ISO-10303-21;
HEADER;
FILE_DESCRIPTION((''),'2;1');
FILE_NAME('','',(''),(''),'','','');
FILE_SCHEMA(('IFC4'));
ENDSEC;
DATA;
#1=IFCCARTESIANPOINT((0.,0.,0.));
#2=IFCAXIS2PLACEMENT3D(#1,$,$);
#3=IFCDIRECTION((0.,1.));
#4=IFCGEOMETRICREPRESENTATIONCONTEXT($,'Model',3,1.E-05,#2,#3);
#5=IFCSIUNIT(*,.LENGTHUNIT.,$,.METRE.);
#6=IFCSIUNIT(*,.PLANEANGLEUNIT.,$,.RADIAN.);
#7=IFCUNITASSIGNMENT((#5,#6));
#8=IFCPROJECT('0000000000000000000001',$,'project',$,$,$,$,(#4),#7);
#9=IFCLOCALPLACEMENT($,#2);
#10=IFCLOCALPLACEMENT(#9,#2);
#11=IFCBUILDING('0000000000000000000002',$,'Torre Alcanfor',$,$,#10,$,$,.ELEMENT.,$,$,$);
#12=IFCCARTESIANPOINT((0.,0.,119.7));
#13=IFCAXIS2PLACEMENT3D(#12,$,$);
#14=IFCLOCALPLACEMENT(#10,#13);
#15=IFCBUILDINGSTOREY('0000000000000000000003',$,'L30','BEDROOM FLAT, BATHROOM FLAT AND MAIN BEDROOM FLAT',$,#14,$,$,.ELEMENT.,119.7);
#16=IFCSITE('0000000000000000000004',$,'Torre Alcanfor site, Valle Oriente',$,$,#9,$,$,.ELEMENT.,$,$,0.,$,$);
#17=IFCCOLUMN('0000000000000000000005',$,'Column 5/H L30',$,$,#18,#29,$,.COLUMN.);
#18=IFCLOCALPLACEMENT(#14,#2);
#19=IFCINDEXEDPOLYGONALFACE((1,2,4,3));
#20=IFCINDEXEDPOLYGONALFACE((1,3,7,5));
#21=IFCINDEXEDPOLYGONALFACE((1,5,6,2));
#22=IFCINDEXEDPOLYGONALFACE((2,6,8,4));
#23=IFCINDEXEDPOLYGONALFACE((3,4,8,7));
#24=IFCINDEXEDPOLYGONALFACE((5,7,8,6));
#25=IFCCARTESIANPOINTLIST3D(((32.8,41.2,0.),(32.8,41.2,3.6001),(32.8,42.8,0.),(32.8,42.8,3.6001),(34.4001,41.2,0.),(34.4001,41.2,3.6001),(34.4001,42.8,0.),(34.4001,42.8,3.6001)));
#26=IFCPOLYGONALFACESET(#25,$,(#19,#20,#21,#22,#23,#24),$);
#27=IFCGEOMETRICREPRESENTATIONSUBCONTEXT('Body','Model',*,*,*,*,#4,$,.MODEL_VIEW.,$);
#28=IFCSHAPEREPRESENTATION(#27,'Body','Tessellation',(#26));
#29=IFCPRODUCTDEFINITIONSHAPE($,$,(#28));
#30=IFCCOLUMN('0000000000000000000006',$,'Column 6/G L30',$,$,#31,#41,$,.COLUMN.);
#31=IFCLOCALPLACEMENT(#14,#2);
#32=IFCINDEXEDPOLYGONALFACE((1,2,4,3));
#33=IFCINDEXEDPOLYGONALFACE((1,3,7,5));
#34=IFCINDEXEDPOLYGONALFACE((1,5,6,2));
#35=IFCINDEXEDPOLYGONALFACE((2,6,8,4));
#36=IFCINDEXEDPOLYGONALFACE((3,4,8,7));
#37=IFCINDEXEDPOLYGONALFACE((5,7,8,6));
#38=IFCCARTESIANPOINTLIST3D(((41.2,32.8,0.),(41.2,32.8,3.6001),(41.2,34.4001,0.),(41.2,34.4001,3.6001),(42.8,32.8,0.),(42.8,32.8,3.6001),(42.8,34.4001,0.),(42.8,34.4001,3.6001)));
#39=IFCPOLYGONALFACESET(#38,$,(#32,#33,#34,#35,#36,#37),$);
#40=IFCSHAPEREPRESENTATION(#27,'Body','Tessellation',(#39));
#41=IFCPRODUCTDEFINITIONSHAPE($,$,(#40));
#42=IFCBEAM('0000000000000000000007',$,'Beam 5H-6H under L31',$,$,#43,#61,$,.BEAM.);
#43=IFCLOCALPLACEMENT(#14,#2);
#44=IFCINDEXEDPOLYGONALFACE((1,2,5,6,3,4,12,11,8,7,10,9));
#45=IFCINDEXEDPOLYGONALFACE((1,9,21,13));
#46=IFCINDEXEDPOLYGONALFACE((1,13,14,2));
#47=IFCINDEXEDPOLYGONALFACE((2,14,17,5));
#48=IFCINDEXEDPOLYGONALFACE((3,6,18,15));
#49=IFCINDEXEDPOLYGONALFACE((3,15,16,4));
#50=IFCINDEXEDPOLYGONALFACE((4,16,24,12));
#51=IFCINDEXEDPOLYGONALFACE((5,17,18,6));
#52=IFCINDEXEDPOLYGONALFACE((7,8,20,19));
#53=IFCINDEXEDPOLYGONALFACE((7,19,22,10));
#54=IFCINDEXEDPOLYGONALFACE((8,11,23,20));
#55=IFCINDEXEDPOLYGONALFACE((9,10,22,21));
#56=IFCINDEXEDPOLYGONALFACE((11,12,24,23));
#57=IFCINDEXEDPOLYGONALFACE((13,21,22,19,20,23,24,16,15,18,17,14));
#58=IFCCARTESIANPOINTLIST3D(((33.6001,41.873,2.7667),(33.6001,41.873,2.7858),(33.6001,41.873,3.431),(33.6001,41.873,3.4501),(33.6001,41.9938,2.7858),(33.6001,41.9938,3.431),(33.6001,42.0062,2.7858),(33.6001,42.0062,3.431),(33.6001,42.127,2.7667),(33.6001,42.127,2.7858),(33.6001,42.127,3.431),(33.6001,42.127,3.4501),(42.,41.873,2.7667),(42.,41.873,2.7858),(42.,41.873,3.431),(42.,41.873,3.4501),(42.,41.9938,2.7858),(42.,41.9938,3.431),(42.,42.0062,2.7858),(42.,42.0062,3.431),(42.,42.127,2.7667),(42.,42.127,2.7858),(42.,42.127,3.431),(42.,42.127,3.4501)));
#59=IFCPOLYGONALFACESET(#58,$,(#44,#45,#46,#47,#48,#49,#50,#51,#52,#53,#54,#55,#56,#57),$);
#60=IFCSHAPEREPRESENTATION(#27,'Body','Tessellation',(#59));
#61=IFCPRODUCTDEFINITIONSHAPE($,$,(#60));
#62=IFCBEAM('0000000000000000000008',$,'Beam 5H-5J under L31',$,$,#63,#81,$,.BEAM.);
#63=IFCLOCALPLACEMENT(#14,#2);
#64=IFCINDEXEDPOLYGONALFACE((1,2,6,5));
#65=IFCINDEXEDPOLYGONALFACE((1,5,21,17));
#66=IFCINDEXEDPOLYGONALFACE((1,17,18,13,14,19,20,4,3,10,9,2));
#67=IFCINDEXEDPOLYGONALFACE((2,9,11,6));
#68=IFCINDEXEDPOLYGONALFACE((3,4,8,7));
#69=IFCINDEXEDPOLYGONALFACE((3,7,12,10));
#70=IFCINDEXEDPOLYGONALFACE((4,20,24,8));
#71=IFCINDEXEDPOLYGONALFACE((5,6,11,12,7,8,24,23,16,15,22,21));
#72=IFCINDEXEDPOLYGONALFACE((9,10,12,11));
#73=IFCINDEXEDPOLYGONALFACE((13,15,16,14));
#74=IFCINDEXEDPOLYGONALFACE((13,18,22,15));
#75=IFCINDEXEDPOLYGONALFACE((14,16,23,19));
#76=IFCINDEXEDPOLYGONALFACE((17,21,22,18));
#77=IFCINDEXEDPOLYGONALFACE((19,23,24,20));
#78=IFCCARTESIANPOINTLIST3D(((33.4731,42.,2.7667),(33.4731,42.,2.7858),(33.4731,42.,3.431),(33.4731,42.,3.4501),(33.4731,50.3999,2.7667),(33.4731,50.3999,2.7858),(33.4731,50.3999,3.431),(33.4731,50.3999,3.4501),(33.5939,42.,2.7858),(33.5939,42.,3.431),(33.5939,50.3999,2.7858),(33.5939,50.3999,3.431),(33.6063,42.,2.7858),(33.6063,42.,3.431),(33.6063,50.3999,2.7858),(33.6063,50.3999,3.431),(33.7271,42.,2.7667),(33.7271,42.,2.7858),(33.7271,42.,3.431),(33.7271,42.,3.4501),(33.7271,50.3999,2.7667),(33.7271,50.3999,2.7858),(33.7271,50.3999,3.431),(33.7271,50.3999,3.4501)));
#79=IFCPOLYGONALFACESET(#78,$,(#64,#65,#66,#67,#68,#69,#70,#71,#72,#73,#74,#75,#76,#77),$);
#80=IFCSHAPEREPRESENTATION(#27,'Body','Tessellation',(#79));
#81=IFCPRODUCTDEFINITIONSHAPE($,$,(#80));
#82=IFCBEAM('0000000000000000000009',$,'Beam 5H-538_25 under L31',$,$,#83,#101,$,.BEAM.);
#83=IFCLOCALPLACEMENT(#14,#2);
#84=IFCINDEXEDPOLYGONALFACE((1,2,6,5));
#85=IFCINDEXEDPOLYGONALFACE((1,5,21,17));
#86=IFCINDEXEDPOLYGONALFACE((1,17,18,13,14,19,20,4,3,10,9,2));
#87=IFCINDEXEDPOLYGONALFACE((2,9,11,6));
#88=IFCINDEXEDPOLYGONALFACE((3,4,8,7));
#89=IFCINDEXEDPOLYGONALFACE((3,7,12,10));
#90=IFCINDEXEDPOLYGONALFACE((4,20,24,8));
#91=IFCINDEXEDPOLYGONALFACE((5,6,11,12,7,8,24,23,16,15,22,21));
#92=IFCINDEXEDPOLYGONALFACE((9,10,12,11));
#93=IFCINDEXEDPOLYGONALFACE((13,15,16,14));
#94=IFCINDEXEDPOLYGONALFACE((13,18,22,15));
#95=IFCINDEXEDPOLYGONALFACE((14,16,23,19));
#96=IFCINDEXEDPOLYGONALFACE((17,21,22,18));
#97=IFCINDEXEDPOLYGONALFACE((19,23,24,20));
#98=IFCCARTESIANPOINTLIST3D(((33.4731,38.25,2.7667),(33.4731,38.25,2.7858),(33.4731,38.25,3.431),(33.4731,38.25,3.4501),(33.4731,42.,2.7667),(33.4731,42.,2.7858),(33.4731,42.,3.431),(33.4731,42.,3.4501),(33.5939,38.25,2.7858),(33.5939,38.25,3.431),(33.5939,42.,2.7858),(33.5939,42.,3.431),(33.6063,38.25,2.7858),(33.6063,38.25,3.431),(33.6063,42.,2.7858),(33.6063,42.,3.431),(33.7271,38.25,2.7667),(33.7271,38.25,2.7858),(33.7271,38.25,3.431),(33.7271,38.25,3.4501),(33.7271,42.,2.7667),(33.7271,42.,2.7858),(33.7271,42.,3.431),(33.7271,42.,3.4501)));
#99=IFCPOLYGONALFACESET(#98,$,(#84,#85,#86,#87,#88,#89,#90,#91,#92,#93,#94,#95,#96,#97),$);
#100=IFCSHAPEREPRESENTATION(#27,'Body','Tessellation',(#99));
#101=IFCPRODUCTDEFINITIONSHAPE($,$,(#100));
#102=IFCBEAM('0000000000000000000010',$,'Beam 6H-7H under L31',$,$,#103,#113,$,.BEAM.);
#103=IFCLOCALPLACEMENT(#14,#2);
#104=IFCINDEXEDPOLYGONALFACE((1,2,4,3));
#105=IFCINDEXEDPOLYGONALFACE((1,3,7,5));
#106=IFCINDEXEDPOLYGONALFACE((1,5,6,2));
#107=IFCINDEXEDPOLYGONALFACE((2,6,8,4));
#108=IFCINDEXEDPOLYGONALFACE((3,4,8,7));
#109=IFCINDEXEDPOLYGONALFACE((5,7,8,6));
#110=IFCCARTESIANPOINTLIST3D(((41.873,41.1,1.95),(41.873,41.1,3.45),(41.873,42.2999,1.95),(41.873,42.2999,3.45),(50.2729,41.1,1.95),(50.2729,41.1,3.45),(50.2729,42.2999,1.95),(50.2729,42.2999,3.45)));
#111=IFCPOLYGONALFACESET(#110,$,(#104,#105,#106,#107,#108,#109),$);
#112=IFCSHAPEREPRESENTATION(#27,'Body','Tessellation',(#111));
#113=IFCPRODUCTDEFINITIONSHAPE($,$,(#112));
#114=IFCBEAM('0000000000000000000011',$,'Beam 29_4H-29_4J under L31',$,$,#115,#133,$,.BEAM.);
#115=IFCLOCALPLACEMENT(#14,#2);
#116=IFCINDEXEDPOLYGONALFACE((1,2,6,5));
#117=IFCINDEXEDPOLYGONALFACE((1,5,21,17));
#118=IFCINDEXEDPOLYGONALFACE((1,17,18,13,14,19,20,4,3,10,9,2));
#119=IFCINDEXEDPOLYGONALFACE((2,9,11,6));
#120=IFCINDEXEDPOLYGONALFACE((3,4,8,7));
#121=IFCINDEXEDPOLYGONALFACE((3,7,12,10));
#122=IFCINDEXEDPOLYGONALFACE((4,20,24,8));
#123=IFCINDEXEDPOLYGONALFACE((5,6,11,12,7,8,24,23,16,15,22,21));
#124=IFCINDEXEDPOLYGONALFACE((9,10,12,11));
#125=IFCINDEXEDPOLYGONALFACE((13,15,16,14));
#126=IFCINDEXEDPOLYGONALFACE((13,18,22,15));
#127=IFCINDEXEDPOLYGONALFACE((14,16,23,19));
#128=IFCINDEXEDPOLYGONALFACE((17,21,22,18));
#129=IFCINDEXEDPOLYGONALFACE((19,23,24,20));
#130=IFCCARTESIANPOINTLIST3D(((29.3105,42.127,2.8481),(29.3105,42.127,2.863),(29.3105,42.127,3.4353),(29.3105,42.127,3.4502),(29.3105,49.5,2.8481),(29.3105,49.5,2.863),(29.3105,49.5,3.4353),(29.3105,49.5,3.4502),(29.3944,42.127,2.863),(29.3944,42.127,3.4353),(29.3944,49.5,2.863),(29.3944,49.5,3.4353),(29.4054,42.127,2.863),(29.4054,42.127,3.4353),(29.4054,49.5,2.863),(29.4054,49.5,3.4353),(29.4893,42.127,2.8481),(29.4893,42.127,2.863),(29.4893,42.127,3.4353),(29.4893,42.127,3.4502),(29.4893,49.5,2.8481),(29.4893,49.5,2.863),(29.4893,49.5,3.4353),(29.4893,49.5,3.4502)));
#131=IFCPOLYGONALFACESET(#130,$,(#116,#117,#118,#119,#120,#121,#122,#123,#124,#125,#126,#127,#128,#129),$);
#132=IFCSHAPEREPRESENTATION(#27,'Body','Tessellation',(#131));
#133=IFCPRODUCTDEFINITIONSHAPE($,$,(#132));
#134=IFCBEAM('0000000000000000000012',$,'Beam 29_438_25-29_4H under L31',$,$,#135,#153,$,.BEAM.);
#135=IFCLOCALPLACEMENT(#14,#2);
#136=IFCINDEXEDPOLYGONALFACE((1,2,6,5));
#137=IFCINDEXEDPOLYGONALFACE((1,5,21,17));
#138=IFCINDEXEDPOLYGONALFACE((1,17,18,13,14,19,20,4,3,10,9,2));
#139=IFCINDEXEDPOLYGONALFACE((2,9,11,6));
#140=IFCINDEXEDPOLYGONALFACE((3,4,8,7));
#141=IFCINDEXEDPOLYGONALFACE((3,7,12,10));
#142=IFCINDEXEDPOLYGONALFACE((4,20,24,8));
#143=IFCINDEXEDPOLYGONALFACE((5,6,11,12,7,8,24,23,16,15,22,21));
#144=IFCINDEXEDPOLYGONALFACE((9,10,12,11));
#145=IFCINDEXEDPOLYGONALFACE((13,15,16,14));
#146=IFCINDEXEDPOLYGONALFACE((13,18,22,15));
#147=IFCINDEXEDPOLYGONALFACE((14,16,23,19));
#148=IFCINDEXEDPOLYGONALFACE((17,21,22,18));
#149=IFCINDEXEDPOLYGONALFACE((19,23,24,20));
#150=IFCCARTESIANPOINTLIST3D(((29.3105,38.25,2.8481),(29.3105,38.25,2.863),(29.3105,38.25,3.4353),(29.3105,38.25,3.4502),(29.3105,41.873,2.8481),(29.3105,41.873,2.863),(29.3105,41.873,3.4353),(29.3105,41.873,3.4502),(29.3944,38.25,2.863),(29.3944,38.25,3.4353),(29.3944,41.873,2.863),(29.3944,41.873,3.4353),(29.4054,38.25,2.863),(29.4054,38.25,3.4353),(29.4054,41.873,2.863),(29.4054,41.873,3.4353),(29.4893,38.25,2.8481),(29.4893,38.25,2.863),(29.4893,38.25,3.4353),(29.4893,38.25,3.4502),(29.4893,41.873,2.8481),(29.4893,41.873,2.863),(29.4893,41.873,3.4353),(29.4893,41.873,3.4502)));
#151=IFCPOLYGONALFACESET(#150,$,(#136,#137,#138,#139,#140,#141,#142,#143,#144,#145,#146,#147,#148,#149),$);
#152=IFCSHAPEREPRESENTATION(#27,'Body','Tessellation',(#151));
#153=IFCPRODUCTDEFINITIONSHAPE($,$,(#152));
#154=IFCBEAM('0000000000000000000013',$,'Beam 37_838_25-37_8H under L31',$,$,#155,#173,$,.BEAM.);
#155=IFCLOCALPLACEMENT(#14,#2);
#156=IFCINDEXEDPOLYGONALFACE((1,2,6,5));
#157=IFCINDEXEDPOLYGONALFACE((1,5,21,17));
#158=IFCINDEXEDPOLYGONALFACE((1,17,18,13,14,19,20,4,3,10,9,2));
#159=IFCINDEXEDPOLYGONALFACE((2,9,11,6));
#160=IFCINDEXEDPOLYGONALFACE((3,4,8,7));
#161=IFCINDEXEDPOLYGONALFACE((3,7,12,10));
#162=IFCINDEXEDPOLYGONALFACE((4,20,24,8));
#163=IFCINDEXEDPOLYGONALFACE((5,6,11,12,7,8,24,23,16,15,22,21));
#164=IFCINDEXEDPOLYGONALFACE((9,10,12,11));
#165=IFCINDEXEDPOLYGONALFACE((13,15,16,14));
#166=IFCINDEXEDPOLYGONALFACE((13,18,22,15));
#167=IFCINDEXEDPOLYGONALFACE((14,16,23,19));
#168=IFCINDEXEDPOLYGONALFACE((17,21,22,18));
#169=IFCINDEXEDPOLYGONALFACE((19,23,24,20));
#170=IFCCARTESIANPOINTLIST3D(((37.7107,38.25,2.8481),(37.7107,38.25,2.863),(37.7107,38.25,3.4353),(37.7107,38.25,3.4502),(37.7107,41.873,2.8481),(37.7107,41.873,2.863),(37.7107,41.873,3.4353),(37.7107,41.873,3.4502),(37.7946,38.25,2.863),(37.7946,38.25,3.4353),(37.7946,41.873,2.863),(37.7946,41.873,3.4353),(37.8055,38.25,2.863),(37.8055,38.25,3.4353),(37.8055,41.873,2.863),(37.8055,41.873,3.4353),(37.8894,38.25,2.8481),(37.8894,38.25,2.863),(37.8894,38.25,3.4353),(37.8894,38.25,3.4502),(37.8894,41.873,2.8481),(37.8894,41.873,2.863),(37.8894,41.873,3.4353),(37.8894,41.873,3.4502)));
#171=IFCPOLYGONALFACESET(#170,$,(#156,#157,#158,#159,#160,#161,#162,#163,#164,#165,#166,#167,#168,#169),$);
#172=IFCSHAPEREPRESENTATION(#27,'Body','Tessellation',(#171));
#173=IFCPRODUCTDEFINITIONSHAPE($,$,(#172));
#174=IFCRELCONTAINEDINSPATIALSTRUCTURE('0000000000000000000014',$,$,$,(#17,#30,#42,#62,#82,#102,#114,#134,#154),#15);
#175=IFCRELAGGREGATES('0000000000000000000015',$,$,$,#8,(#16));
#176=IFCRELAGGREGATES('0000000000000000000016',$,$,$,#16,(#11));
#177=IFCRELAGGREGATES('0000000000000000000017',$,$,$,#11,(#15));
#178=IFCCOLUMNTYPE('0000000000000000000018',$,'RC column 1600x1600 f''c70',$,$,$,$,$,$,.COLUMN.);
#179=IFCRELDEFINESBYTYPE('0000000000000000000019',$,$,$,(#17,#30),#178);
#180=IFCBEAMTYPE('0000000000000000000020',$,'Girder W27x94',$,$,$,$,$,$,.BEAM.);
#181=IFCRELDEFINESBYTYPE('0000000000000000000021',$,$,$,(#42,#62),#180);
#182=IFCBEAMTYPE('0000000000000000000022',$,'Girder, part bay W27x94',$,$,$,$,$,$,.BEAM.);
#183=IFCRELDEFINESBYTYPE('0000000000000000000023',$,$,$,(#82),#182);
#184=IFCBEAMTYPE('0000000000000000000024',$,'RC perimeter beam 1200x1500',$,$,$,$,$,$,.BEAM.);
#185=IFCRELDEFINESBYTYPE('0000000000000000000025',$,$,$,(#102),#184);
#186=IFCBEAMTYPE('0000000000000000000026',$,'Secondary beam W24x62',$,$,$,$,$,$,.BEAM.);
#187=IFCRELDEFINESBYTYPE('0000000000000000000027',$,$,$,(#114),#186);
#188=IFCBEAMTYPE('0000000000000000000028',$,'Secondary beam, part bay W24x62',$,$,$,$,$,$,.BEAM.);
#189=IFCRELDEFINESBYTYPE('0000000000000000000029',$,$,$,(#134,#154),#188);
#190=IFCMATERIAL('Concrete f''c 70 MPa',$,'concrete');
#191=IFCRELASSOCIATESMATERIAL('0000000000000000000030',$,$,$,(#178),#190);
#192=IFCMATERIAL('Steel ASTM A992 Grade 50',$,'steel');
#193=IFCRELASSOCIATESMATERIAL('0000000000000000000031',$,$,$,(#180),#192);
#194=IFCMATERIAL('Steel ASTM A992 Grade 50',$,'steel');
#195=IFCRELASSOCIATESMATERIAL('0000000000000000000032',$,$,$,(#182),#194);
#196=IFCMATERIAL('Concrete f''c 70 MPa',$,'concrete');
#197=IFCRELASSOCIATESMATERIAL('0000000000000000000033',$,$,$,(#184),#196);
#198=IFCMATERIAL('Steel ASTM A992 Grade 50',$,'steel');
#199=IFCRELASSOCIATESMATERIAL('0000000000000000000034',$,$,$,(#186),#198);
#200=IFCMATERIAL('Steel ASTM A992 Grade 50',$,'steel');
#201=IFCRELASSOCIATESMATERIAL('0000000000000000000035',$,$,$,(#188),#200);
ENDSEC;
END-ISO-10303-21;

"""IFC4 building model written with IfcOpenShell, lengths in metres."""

from ifc_helpers import new_model, si_unit, direction, frame, origin, origin_2d, place, context, subcontext, project, spatial, rectangle, i_section, extrude, material, material_profile, profile_set, type_object, element, save


model = new_model("IFC4")

# Units and contexts
model_context = context("Model", 3, precision=1e-05, world=origin(), true_north=direction((0.0, 1.0)))
body_context = subcontext(model_context, "Body", "Model", "MODEL_VIEW")
ifc_project = project(units=[si_unit("LENGTHUNIT", "METRE"), si_unit("PLANEANGLEUNIT", "RADIAN")], contexts=[model_context])

# Site, building, storey
site_placement = place(None, origin())
site = spatial("IfcSite", under=ifc_project, at=site_placement, Name="Torre Alcanfor site, Valle Oriente", CompositionType="ELEMENT", RefElevation=0.0)
building_placement = place(site_placement, origin())
building = spatial("IfcBuilding", under=site, at=building_placement, Name="Torre Alcanfor", CompositionType="ELEMENT")
storey_placement = place(building_placement, frame((0.0, 0.0, 119.7)))
storey = spatial("IfcBuildingStorey", under=building, at=storey_placement, Name="L30", Description="BEDROOM FLAT, BATHROOM FLAT AND MAIN BEDROOM FLAT", CompositionType="ELEMENT", Elevation=119.7)

# Columns
ifc_material_1 = material(Name="Concrete f'c 70 MPa", Category="concrete")
ifc_material_profile_1 = material_profile(ifc_material_1, rectangle(XDim=1.6001, YDim=1.6001, at=origin_2d()), Name="1600x1600")
ifc_profile_set_1 = profile_set([ifc_material_profile_1], Name="Concrete f'c 70 MPa")
column_type = type_object("IfcColumnType", Name="RC column 1600x1600 f'c70", PredefinedType="COLUMN", material=ifc_profile_set_1)
for number, where, z_axis, x_axis, name in (
    (1, (33.6001, 42.0, 0.0), (0.0, 0.0, 1.0), (1.0, 0.0, 0.0), "Column 5/H L30"),
    (2, (42.0, 33.6001, 0.0), (0.0, 0.0, 1.0), (1.0, 0.0, 0.0), "Column 6/G L30"),
):
    element("IfcColumn", number, at=place(storey_placement, frame(where, z_axis=z_axis, x_axis=x_axis)), inside=storey, type_object=column_type, Name=name, PredefinedType="COLUMN", context=body_context, shape_type="SweptSolid", body=[
        extrude(rectangle(XDim=1.6001, YDim=1.6001, at=origin_2d()), origin(), (0.0, 0.0, 1.0), 3.6001),
    ])

# Beams
ifc_material_2 = material(Name="Steel ASTM A992 Grade 50", Category="steel")
ifc_material_profile_2 = material_profile(ifc_material_2, i_section(OverallWidth=0.2539, OverallDepth=0.6833, WebThickness=0.0125, FlangeThickness=0.019, at=origin_2d()), Name="W27x94")
ifc_profile_set_2 = profile_set([ifc_material_profile_2], Name="Steel ASTM A992 Grade 50")
beam_type_1 = type_object("IfcBeamType", Name="Girder W27x94", PredefinedType="BEAM", material=ifc_profile_set_2)
for number, where, z_axis, x_axis, name in (
    (3, (33.6001, 42.0, 3.1084), (1.0, 0.0, 0.0), (0.0, 1.0, 0.0), "Beam 5H-6H under L31"),
    (4, (33.6001, 42.0, 3.1084), (0.0, 1.0, 0.0), (-1.0, 0.0, 0.0), "Beam 5H-5J under L31"),
):
    element("IfcBeam", number, at=place(storey_placement, frame(where, z_axis=z_axis, x_axis=x_axis)), inside=storey, type_object=beam_type_1, Name=name, PredefinedType="BEAM", context=body_context, shape_type="SweptSolid", body=[
        extrude(i_section(OverallWidth=0.2539, OverallDepth=0.6833, WebThickness=0.0125, FlangeThickness=0.019, at=origin_2d()), origin(), (0.0, 0.0, 1.0), 8.3999),
    ])
ifc_material_3 = material(Name="Steel ASTM A992 Grade 50", Category="steel")
ifc_material_profile_3 = material_profile(ifc_material_3, i_section(OverallWidth=0.2539, OverallDepth=0.6833, WebThickness=0.0125, FlangeThickness=0.019, at=origin_2d()), Name="W27x94")
ifc_profile_set_3 = profile_set([ifc_material_profile_3], Name="Steel ASTM A992 Grade 50")
beam_type_2 = type_object("IfcBeamType", Name="Girder, part bay W27x94", PredefinedType="BEAM", material=ifc_profile_set_3)
beam_1_placement = place(storey_placement, frame((33.6001, 42.0, 3.1084), z_axis=(0.0, -1.0, 0.0), x_axis=(1.0, 0.0, 0.0)))
element("IfcBeam", 5, at=beam_1_placement, inside=storey, type_object=beam_type_2, Name="Beam 5H-538_25 under L31", PredefinedType="BEAM", context=body_context, shape_type="SweptSolid", body=[
    extrude(i_section(OverallWidth=0.2539, OverallDepth=0.6833, WebThickness=0.0125, FlangeThickness=0.019, at=origin_2d()), origin(), (0.0, 0.0, 1.0), 3.75),
])
ifc_material_4 = material(Name="Concrete f'c 70 MPa", Category="concrete")
ifc_material_profile_4 = material_profile(ifc_material_4, rectangle(XDim=1.2, YDim=1.5, at=origin_2d()), Name="1200x1500")
ifc_profile_set_4 = profile_set([ifc_material_profile_4], Name="Concrete f'c 70 MPa")
beam_type_3 = type_object("IfcBeamType", Name="RC perimeter beam 1200x1500", PredefinedType="BEAM", material=ifc_profile_set_4)
beam_2_placement = place(storey_placement, frame((41.873, 41.7, 2.7), z_axis=(1.0, 0.0, 0.0), x_axis=(0.0, 1.0, 0.0)))
element("IfcBeam", 6, at=beam_2_placement, inside=storey, type_object=beam_type_3, Name="Beam 6H-7H under L31", PredefinedType="BEAM", context=body_context, shape_type="SweptSolid", body=[
    extrude(rectangle(XDim=1.2, YDim=1.5, at=origin_2d()), origin(), (0.0, 0.0, 1.0), 8.3999),
])
ifc_material_5 = material(Name="Steel ASTM A992 Grade 50", Category="steel")
ifc_material_profile_5 = material_profile(ifc_material_5, i_section(OverallWidth=0.1787, OverallDepth=0.6021, WebThickness=0.011, FlangeThickness=0.0149, at=origin_2d()), Name="W24x62")
ifc_profile_set_5 = profile_set([ifc_material_profile_5], Name="Steel ASTM A992 Grade 50")
beam_type_4 = type_object("IfcBeamType", Name="Secondary beam W24x62", PredefinedType="BEAM", material=ifc_profile_set_5)
beam_3_placement = place(storey_placement, frame((29.3999, 42.127, 3.1492), z_axis=(0.0, 1.0, 0.0), x_axis=(-1.0, 0.0, 0.0)))
element("IfcBeam", 7, at=beam_3_placement, inside=storey, type_object=beam_type_4, Name="Beam 29_4H-29_4J under L31", PredefinedType="BEAM", context=body_context, shape_type="SweptSolid", body=[
    extrude(i_section(OverallWidth=0.1787, OverallDepth=0.6021, WebThickness=0.011, FlangeThickness=0.0149, at=origin_2d()), origin(), (0.0, 0.0, 1.0), 7.373),
])
ifc_material_6 = material(Name="Steel ASTM A992 Grade 50", Category="steel")
ifc_material_profile_6 = material_profile(ifc_material_6, i_section(OverallWidth=0.1787, OverallDepth=0.6021, WebThickness=0.011, FlangeThickness=0.0149, at=origin_2d()), Name="W24x62")
ifc_profile_set_6 = profile_set([ifc_material_profile_6], Name="Steel ASTM A992 Grade 50")
beam_type_5 = type_object("IfcBeamType", Name="Secondary beam, part bay W24x62", PredefinedType="BEAM", material=ifc_profile_set_6)
for number, where, z_axis, x_axis, name in (
    (8, (29.3999, 38.25, 3.1492), (0.0, 1.0, 0.0), (-1.0, 0.0, 0.0), "Beam 29_438_25-29_4H under L31"),
    (9, (37.8, 38.25, 3.1492), (0.0, 1.0, 0.0), (-1.0, 0.0, 0.0), "Beam 37_838_25-37_8H under L31"),
):
    element("IfcBeam", number, at=place(storey_placement, frame(where, z_axis=z_axis, x_axis=x_axis)), inside=storey, type_object=beam_type_5, Name=name, PredefinedType="BEAM", context=body_context, shape_type="SweptSolid", body=[
        extrude(i_section(OverallWidth=0.1787, OverallDepth=0.6021, WebThickness=0.011, FlangeThickness=0.0149, at=origin_2d()), origin(), (0.0, 0.0, 1.0), 3.623),
    ])

save(model, "model.ifc")
